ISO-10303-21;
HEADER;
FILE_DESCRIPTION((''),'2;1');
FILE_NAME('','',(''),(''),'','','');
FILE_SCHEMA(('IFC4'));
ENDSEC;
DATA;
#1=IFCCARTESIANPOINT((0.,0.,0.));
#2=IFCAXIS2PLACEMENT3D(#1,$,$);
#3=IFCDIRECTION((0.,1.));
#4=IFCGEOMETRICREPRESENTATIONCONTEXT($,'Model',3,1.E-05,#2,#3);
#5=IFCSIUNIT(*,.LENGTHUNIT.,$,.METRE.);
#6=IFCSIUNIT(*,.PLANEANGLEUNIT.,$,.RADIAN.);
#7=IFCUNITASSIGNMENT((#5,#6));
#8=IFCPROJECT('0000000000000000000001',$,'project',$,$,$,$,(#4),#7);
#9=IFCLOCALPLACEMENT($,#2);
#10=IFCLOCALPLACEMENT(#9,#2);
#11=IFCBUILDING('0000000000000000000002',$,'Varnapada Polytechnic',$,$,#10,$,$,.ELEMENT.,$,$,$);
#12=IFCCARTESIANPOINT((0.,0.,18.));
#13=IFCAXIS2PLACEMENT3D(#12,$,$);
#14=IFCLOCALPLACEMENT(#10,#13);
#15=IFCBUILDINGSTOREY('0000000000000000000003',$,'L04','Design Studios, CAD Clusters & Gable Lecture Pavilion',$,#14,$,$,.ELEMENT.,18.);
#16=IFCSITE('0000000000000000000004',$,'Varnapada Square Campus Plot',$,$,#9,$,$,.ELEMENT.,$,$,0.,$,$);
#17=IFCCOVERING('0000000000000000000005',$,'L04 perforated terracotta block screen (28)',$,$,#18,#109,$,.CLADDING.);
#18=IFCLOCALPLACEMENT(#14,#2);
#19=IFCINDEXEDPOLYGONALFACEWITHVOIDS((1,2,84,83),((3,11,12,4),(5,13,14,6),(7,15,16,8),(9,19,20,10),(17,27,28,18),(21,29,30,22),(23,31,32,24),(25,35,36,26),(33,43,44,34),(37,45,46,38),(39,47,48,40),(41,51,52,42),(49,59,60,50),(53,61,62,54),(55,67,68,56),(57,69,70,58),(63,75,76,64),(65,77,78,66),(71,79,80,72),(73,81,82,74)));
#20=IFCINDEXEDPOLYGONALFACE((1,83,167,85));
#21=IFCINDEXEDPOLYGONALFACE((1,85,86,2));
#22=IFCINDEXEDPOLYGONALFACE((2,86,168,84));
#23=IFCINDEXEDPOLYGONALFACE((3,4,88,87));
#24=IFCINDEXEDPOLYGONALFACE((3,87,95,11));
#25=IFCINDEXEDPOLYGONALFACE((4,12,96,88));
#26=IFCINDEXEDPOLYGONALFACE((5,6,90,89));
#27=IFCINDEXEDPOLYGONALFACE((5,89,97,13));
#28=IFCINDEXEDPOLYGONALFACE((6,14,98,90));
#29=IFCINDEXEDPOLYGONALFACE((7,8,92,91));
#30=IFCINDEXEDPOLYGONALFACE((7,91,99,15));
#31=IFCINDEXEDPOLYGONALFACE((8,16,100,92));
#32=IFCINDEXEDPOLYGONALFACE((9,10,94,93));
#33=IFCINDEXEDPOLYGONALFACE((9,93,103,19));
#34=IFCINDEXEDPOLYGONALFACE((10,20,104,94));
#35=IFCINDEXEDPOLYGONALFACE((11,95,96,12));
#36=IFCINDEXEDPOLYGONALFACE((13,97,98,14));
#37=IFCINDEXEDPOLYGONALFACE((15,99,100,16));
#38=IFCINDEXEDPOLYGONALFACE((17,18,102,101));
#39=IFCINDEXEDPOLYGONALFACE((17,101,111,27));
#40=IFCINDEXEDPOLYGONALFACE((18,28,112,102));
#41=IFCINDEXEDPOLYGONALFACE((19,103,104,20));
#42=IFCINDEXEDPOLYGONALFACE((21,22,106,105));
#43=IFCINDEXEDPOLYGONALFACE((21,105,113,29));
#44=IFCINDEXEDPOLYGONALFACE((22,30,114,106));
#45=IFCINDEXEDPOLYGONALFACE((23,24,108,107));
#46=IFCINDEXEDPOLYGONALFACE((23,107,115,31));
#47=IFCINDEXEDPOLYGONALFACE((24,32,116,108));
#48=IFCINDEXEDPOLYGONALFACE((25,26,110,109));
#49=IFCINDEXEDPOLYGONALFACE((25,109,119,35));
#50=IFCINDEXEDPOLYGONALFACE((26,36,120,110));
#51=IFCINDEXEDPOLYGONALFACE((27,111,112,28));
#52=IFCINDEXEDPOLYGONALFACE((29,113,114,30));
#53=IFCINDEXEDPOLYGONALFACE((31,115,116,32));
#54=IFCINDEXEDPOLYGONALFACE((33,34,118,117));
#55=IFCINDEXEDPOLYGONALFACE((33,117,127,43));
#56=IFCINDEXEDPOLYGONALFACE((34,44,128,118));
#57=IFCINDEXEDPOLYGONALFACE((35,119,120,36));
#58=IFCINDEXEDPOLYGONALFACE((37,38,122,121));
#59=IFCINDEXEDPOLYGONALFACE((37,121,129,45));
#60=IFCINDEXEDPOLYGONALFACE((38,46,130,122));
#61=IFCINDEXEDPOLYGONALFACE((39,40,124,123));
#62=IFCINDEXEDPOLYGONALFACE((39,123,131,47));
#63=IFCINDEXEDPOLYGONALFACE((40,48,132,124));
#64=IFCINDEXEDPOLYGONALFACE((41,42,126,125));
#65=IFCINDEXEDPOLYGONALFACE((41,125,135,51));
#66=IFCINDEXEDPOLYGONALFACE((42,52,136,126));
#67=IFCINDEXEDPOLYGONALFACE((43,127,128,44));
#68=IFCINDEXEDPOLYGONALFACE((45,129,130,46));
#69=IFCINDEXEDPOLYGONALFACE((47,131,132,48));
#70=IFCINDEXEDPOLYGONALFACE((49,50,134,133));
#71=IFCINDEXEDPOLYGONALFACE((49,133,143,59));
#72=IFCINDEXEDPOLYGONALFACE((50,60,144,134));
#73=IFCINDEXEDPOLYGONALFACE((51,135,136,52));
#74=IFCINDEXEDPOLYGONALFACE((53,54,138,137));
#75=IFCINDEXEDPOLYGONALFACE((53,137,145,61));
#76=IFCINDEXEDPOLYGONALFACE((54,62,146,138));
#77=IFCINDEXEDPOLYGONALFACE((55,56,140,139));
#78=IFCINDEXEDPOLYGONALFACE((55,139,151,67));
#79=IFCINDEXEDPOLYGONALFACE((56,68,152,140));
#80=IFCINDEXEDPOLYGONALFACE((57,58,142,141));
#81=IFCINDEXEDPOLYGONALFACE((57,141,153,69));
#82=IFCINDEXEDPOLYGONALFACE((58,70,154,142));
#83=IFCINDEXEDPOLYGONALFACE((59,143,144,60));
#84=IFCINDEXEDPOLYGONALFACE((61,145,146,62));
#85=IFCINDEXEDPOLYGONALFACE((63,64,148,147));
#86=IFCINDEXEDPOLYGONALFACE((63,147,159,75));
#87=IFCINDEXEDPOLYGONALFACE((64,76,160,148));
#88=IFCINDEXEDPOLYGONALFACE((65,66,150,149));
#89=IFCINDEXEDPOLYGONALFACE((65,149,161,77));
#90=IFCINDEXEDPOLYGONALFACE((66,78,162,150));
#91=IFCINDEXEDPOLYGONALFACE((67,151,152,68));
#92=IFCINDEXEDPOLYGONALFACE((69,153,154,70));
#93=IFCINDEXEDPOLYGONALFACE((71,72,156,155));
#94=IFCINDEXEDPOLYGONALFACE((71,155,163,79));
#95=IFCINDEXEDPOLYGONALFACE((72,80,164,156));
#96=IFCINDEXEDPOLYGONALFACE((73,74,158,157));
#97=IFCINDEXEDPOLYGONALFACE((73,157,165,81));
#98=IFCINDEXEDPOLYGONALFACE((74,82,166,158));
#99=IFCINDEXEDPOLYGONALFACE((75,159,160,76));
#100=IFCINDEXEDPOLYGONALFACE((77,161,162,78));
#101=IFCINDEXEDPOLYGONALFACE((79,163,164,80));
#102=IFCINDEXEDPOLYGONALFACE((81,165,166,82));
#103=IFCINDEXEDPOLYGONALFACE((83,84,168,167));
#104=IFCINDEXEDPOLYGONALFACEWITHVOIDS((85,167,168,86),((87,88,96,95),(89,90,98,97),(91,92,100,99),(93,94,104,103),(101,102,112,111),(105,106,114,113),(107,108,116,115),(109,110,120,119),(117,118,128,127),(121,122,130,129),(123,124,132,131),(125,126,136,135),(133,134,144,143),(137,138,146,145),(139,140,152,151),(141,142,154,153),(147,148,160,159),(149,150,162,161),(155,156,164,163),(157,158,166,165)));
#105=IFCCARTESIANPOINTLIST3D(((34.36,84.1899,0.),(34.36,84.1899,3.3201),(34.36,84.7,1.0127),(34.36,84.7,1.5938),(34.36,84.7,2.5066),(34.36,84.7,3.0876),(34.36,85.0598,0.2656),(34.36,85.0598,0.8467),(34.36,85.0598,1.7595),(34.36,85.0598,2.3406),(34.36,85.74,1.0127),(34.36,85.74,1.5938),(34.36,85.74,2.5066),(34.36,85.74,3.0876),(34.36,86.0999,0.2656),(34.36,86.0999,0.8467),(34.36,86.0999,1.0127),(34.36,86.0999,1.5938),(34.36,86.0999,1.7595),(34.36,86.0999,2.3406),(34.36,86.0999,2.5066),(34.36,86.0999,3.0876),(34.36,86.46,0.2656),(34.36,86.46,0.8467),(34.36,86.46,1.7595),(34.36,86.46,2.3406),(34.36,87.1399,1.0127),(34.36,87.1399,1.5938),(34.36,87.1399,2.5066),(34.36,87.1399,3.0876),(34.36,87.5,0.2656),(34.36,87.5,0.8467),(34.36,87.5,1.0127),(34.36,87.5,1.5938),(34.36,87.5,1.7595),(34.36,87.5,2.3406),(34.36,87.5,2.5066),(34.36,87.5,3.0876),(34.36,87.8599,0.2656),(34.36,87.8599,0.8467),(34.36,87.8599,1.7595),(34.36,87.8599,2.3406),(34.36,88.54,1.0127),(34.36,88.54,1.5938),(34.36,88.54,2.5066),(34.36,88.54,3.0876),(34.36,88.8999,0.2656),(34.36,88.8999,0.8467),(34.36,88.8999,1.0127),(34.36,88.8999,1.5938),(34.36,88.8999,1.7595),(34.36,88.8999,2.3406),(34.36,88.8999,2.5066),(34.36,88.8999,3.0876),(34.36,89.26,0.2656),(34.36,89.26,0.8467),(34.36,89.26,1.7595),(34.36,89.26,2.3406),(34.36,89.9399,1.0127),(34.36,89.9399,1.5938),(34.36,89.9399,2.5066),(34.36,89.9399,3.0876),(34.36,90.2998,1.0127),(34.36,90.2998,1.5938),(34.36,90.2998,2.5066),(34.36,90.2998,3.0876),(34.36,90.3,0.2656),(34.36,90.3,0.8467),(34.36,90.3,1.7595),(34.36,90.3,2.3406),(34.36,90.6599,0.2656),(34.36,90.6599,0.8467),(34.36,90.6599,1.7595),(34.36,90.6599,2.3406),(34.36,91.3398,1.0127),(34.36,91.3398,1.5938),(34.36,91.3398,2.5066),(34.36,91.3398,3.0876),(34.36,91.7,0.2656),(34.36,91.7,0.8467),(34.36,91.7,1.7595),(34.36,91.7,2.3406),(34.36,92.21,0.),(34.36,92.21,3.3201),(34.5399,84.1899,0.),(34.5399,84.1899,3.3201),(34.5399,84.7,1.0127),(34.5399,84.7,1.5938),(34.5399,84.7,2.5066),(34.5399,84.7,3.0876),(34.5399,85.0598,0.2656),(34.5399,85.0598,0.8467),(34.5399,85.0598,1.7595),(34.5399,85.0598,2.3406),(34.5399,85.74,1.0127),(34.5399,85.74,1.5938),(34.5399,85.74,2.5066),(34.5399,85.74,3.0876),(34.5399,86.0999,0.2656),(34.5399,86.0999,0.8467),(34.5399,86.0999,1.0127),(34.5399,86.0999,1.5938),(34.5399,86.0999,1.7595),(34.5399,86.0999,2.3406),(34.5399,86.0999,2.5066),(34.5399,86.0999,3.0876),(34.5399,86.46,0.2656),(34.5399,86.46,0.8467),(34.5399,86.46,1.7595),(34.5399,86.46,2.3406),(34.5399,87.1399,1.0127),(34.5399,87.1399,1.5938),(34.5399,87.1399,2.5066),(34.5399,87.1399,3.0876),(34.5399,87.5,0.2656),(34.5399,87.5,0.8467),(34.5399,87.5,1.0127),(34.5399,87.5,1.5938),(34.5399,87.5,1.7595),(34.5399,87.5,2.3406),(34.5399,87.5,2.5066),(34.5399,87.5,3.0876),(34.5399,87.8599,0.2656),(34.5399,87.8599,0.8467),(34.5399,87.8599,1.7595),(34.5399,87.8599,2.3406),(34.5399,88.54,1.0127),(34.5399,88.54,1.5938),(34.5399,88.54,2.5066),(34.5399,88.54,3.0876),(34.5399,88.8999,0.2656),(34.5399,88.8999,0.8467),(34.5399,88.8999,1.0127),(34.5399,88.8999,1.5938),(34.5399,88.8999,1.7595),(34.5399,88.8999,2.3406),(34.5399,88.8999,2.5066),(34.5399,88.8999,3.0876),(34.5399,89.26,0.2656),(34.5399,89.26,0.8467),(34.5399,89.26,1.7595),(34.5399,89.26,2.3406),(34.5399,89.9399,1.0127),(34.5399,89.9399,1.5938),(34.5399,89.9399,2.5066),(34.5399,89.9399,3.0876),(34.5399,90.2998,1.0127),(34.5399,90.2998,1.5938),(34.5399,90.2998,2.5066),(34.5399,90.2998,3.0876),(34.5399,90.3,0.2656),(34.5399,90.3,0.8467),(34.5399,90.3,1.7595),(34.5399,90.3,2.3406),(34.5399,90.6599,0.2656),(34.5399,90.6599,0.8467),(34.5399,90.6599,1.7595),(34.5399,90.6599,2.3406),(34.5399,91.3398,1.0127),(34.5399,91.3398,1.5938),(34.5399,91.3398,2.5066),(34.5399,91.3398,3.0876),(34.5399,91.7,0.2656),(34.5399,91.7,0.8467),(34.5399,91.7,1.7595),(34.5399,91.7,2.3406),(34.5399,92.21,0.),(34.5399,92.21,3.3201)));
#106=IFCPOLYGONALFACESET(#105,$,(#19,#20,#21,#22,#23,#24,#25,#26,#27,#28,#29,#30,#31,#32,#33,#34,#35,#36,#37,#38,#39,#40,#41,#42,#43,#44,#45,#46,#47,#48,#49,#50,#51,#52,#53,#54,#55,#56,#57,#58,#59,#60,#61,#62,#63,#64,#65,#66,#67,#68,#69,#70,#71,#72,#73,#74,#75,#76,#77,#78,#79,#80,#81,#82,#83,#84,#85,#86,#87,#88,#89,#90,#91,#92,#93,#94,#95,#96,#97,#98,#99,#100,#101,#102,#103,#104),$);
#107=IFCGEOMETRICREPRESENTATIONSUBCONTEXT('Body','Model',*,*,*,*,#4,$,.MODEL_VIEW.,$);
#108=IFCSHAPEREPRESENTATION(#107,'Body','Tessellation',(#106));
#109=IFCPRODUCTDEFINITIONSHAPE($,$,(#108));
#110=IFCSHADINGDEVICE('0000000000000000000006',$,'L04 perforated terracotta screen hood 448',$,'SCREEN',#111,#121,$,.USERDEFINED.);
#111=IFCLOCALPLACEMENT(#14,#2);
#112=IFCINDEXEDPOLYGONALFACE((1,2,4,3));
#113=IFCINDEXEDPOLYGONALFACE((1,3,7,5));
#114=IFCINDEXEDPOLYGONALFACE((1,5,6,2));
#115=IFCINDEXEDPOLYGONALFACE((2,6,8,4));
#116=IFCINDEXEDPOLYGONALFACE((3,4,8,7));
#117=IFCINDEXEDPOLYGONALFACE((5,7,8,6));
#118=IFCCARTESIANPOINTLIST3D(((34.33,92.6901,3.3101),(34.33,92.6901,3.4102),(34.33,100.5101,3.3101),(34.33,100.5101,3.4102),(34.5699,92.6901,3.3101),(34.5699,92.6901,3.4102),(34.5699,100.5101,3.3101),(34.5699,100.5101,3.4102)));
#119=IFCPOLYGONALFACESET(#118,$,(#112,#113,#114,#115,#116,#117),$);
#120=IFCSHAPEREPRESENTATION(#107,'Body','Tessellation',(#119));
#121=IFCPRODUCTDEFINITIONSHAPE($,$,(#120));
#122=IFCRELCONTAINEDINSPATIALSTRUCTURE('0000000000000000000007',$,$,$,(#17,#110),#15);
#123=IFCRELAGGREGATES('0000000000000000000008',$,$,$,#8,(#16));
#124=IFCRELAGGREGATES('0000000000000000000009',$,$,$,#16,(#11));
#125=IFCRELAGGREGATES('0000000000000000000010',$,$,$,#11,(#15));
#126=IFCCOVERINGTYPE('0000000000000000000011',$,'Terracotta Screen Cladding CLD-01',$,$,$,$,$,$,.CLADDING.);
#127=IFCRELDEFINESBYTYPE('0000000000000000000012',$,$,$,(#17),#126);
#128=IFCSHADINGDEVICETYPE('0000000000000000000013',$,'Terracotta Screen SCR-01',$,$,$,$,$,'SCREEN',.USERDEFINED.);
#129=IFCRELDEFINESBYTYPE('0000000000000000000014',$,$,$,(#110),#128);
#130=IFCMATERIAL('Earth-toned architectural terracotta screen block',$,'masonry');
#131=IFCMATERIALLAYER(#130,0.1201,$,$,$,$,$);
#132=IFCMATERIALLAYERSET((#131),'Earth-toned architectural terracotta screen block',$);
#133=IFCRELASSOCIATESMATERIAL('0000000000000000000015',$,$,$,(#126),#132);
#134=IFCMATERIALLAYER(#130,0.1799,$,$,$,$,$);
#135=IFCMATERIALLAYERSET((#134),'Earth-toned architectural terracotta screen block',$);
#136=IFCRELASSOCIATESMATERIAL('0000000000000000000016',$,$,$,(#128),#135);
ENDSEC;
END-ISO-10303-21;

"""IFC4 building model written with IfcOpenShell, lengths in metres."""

from ifc_helpers import new_model, si_unit, direction, frame, frame_2d, origin, origin_2d, place, context, subcontext, project, spatial, rectangle, extrude, material, layer, layer_set, type_object, element, save


model = new_model("IFC4")

# Units and contexts
model_context = context("Model", 3, precision=1e-05, world=origin(), true_north=direction((0.0, 1.0)))
body_context = subcontext(model_context, "Body", "Model", "MODEL_VIEW")
ifc_project = project(units=[si_unit("LENGTHUNIT", "METRE"), si_unit("PLANEANGLEUNIT", "RADIAN")], contexts=[model_context])

# Site, building, storey
site_placement = place(None, origin())
site = spatial("IfcSite", under=ifc_project, at=site_placement, Name="Varnapada Square Campus Plot", CompositionType="ELEMENT", RefElevation=0.0)
building_placement = place(site_placement, origin())
building = spatial("IfcBuilding", under=site, at=building_placement, Name="Varnapada Polytechnic", CompositionType="ELEMENT")
storey_placement = place(building_placement, frame((0.0, 0.0, 18.0)))
storey = spatial("IfcBuildingStorey", under=building, at=storey_placement, Name="L04", Description="Design Studios, CAD Clusters & Gable Lecture Pavilion", CompositionType="ELEMENT", Elevation=18.0)

# Covering, openings
ifc_material = material(Name="Earth-toned architectural terracotta screen block", Category="masonry")
ifc_layer_1 = layer(ifc_material, 0.1201)
ifc_layer_set_1 = layer_set([ifc_layer_1], Name="Earth-toned architectural terracotta screen block")
covering_type = type_object("IfcCoveringType", Name="Terracotta Screen Cladding CLD-01", PredefinedType="CLADDING", material=ifc_layer_set_1)
covering_placement = place(storey_placement, frame((34.45, 92.21, 0.0), z_axis=(0.0, 0.0, 1.0), x_axis=(0.0, -1.0, 0.0)))
covering = element("IfcCovering", 1, at=covering_placement, inside=storey, type_object=covering_type, Name="L04 perforated terracotta block screen (28)", PredefinedType="CLADDING", context=body_context, shape_type="SweptSolid", body=[
    extrude(rectangle(XDim=8.02, YDim=0.1799, at=frame_2d((4.01, 0.0))), origin(), (0.0, 0.0, 1.0), 3.3201),
])
opening_1_placement = place(covering_placement, frame((0.51, 0.0, 0.2656)))
element("IfcOpeningElement", 2, at=opening_1_placement, cuts=covering, PredefinedType="OPENING", context=body_context, shape_type="SweptSolid", body=[
    extrude(rectangle(XDim=1.04, YDim=0.5811, at=frame_2d((0.52, 0.2905))), frame((0.0, 0.0999, 0.0), z_axis=(0.0, -1.0, 0.0), x_axis=(1.0, 0.0, 0.0)), (0.0, 0.0, 1.0), 0.2),
])
opening_2_placement = place(covering_placement, frame((1.9099, 0.0, 0.2656)))
element("IfcOpeningElement", 3, at=opening_2_placement, cuts=covering, PredefinedType="OPENING", context=body_context, shape_type="SweptSolid", body=[
    extrude(rectangle(XDim=1.04, YDim=0.5811, at=frame_2d((0.52, 0.2905))), frame((0.0, 0.0999, 0.0), z_axis=(0.0, -1.0, 0.0), x_axis=(1.0, 0.0, 0.0)), (0.0, 0.0, 1.0), 0.2),
])
opening_3_placement = place(covering_placement, frame((3.3101, 0.0, 0.2656)))
element("IfcOpeningElement", 4, at=opening_3_placement, cuts=covering, PredefinedType="OPENING", context=body_context, shape_type="SweptSolid", body=[
    extrude(rectangle(XDim=1.04, YDim=0.5811, at=frame_2d((0.52, 0.2905))), frame((0.0, 0.0999, 0.0), z_axis=(0.0, -1.0, 0.0), x_axis=(1.0, 0.0, 0.0)), (0.0, 0.0, 1.0), 0.2),
])
opening_4_placement = place(covering_placement, frame((4.71, 0.0, 0.2656)))
element("IfcOpeningElement", 5, at=opening_4_placement, cuts=covering, PredefinedType="OPENING", context=body_context, shape_type="SweptSolid", body=[
    extrude(rectangle(XDim=1.04, YDim=0.5811, at=frame_2d((0.52, 0.2905))), frame((0.0, 0.0999, 0.0), z_axis=(0.0, -1.0, 0.0), x_axis=(1.0, 0.0, 0.0)), (0.0, 0.0, 1.0), 0.2),
])
opening_5_placement = place(covering_placement, frame((6.1101, 0.0, 0.2656)))
element("IfcOpeningElement", 6, at=opening_5_placement, cuts=covering, PredefinedType="OPENING", context=body_context, shape_type="SweptSolid", body=[
    extrude(rectangle(XDim=1.04, YDim=0.5811, at=frame_2d((0.52, 0.2905))), frame((0.0, 0.0999, 0.0), z_axis=(0.0, -1.0, 0.0), x_axis=(1.0, 0.0, 0.0)), (0.0, 0.0, 1.0), 0.2),
])
opening_6_placement = place(covering_placement, frame((0.8701, 0.0, 1.0127)))
element("IfcOpeningElement", 7, at=opening_6_placement, cuts=covering, PredefinedType="OPENING", context=body_context, shape_type="SweptSolid", body=[
    extrude(rectangle(XDim=1.04, YDim=0.5811, at=frame_2d((0.52, 0.2905))), frame((0.0, 0.0999, 0.0), z_axis=(0.0, -1.0, 0.0), x_axis=(1.0, 0.0, 0.0)), (0.0, 0.0, 1.0), 0.2),
])
opening_7_placement = place(covering_placement, frame((2.27, 0.0, 1.0127)))
element("IfcOpeningElement", 8, at=opening_7_placement, cuts=covering, PredefinedType="OPENING", context=body_context, shape_type="SweptSolid", body=[
    extrude(rectangle(XDim=1.04, YDim=0.5811, at=frame_2d((0.52, 0.2905))), frame((0.0, 0.0999, 0.0), z_axis=(0.0, -1.0, 0.0), x_axis=(1.0, 0.0, 0.0)), (0.0, 0.0, 1.0), 0.2),
])
opening_8_placement = place(covering_placement, frame((3.6699, 0.0, 1.0127)))
element("IfcOpeningElement", 9, at=opening_8_placement, cuts=covering, PredefinedType="OPENING", context=body_context, shape_type="SweptSolid", body=[
    extrude(rectangle(XDim=1.04, YDim=0.5811, at=frame_2d((0.52, 0.2905))), frame((0.0, 0.0999, 0.0), z_axis=(0.0, -1.0, 0.0), x_axis=(1.0, 0.0, 0.0)), (0.0, 0.0, 1.0), 0.2),
])
opening_9_placement = place(covering_placement, frame((5.0701, 0.0, 1.0127)))
element("IfcOpeningElement", 10, at=opening_9_placement, cuts=covering, PredefinedType="OPENING", context=body_context, shape_type="SweptSolid", body=[
    extrude(rectangle(XDim=1.04, YDim=0.5811, at=frame_2d((0.52, 0.2905))), frame((0.0, 0.0999, 0.0), z_axis=(0.0, -1.0, 0.0), x_axis=(1.0, 0.0, 0.0)), (0.0, 0.0, 1.0), 0.2),
])
opening_10_placement = place(covering_placement, frame((6.47, 0.0, 1.0127)))
element("IfcOpeningElement", 11, at=opening_10_placement, cuts=covering, PredefinedType="OPENING", context=body_context, shape_type="SweptSolid", body=[
    extrude(rectangle(XDim=1.04, YDim=0.5811, at=frame_2d((0.52, 0.2905))), frame((0.0, 0.0999, 0.0), z_axis=(0.0, -1.0, 0.0), x_axis=(1.0, 0.0, 0.0)), (0.0, 0.0, 1.0), 0.2),
])
opening_11_placement = place(covering_placement, frame((0.51, 0.0, 1.7595)))
element("IfcOpeningElement", 12, at=opening_11_placement, cuts=covering, PredefinedType="OPENING", context=body_context, shape_type="SweptSolid", body=[
    extrude(rectangle(XDim=1.04, YDim=0.5811, at=frame_2d((0.52, 0.2905))), frame((0.0, 0.0999, 0.0), z_axis=(0.0, -1.0, 0.0), x_axis=(1.0, 0.0, 0.0)), (0.0, 0.0, 1.0), 0.2),
])
opening_12_placement = place(covering_placement, frame((1.9099, 0.0, 1.7595)))
element("IfcOpeningElement", 13, at=opening_12_placement, cuts=covering, PredefinedType="OPENING", context=body_context, shape_type="SweptSolid", body=[
    extrude(rectangle(XDim=1.04, YDim=0.5811, at=frame_2d((0.52, 0.2905))), frame((0.0, 0.0999, 0.0), z_axis=(0.0, -1.0, 0.0), x_axis=(1.0, 0.0, 0.0)), (0.0, 0.0, 1.0), 0.2),
])
opening_13_placement = place(covering_placement, frame((3.3101, 0.0, 1.7595)))
element("IfcOpeningElement", 14, at=opening_13_placement, cuts=covering, PredefinedType="OPENING", context=body_context, shape_type="SweptSolid", body=[
    extrude(rectangle(XDim=1.04, YDim=0.5811, at=frame_2d((0.52, 0.2905))), frame((0.0, 0.0999, 0.0), z_axis=(0.0, -1.0, 0.0), x_axis=(1.0, 0.0, 0.0)), (0.0, 0.0, 1.0), 0.2),
])
opening_14_placement = place(covering_placement, frame((4.71, 0.0, 1.7595)))
element("IfcOpeningElement", 15, at=opening_14_placement, cuts=covering, PredefinedType="OPENING", context=body_context, shape_type="SweptSolid", body=[
    extrude(rectangle(XDim=1.04, YDim=0.5811, at=frame_2d((0.52, 0.2905))), frame((0.0, 0.0999, 0.0), z_axis=(0.0, -1.0, 0.0), x_axis=(1.0, 0.0, 0.0)), (0.0, 0.0, 1.0), 0.2),
])
opening_15_placement = place(covering_placement, frame((6.1101, 0.0, 1.7595)))
element("IfcOpeningElement", 16, at=opening_15_placement, cuts=covering, PredefinedType="OPENING", context=body_context, shape_type="SweptSolid", body=[
    extrude(rectangle(XDim=1.04, YDim=0.5811, at=frame_2d((0.52, 0.2905))), frame((0.0, 0.0999, 0.0), z_axis=(0.0, -1.0, 0.0), x_axis=(1.0, 0.0, 0.0)), (0.0, 0.0, 1.0), 0.2),
])
opening_16_placement = place(covering_placement, frame((0.8701, 0.0, 2.5066)))
element("IfcOpeningElement", 17, at=opening_16_placement, cuts=covering, PredefinedType="OPENING", context=body_context, shape_type="SweptSolid", body=[
    extrude(rectangle(XDim=1.04, YDim=0.5811, at=frame_2d((0.52, 0.2905))), frame((0.0, 0.0999, 0.0), z_axis=(0.0, -1.0, 0.0), x_axis=(1.0, 0.0, 0.0)), (0.0, 0.0, 1.0), 0.2),
])
opening_17_placement = place(covering_placement, frame((2.27, 0.0, 2.5066)))
element("IfcOpeningElement", 18, at=opening_17_placement, cuts=covering, PredefinedType="OPENING", context=body_context, shape_type="SweptSolid", body=[
    extrude(rectangle(XDim=1.04, YDim=0.5811, at=frame_2d((0.52, 0.2905))), frame((0.0, 0.0999, 0.0), z_axis=(0.0, -1.0, 0.0), x_axis=(1.0, 0.0, 0.0)), (0.0, 0.0, 1.0), 0.2),
])
opening_18_placement = place(covering_placement, frame((3.6699, 0.0, 2.5066)))
element("IfcOpeningElement", 19, at=opening_18_placement, cuts=covering, PredefinedType="OPENING", context=body_context, shape_type="SweptSolid", body=[
    extrude(rectangle(XDim=1.04, YDim=0.5811, at=frame_2d((0.52, 0.2905))), frame((0.0, 0.0999, 0.0), z_axis=(0.0, -1.0, 0.0), x_axis=(1.0, 0.0, 0.0)), (0.0, 0.0, 1.0), 0.2),
])
opening_19_placement = place(covering_placement, frame((5.0701, 0.0, 2.5066)))
element("IfcOpeningElement", 20, at=opening_19_placement, cuts=covering, PredefinedType="OPENING", context=body_context, shape_type="SweptSolid", body=[
    extrude(rectangle(XDim=1.04, YDim=0.5811, at=frame_2d((0.52, 0.2905))), frame((0.0, 0.0999, 0.0), z_axis=(0.0, -1.0, 0.0), x_axis=(1.0, 0.0, 0.0)), (0.0, 0.0, 1.0), 0.2),
])
opening_20_placement = place(covering_placement, frame((6.47, 0.0, 2.5066)))
element("IfcOpeningElement", 21, at=opening_20_placement, cuts=covering, PredefinedType="OPENING", context=body_context, shape_type="SweptSolid", body=[
    extrude(rectangle(XDim=1.04, YDim=0.5811, at=frame_2d((0.52, 0.2905))), frame((0.0, 0.0999, 0.0), z_axis=(0.0, -1.0, 0.0), x_axis=(1.0, 0.0, 0.0)), (0.0, 0.0, 1.0), 0.2),
])

# Shading device
ifc_layer_2 = layer(ifc_material, 0.1799)
ifc_layer_set_2 = layer_set([ifc_layer_2], Name="Earth-toned architectural terracotta screen block")
shading_device_type = type_object("IfcShadingDeviceType", Name="Terracotta Screen SCR-01", ElementType="SCREEN", PredefinedType="USERDEFINED", material=ifc_layer_set_2)
shading_device_placement = place(storey_placement, frame((34.45, 96.6001, 3.3101), z_axis=(0.0, 0.0, 1.0), x_axis=(0.0, -1.0, 0.0)))
element("IfcShadingDevice", 22, at=shading_device_placement, inside=storey, type_object=shading_device_type, Name="L04 perforated terracotta screen hood 448", ObjectType="SCREEN", PredefinedType="USERDEFINED", context=body_context, shape_type="SweptSolid", body=[
    extrude(rectangle(XDim=7.8201, YDim=0.24, at=origin_2d()), origin(), (0.0, 0.0, 1.0), 0.1001),
])

save(model, "model.ifc")
